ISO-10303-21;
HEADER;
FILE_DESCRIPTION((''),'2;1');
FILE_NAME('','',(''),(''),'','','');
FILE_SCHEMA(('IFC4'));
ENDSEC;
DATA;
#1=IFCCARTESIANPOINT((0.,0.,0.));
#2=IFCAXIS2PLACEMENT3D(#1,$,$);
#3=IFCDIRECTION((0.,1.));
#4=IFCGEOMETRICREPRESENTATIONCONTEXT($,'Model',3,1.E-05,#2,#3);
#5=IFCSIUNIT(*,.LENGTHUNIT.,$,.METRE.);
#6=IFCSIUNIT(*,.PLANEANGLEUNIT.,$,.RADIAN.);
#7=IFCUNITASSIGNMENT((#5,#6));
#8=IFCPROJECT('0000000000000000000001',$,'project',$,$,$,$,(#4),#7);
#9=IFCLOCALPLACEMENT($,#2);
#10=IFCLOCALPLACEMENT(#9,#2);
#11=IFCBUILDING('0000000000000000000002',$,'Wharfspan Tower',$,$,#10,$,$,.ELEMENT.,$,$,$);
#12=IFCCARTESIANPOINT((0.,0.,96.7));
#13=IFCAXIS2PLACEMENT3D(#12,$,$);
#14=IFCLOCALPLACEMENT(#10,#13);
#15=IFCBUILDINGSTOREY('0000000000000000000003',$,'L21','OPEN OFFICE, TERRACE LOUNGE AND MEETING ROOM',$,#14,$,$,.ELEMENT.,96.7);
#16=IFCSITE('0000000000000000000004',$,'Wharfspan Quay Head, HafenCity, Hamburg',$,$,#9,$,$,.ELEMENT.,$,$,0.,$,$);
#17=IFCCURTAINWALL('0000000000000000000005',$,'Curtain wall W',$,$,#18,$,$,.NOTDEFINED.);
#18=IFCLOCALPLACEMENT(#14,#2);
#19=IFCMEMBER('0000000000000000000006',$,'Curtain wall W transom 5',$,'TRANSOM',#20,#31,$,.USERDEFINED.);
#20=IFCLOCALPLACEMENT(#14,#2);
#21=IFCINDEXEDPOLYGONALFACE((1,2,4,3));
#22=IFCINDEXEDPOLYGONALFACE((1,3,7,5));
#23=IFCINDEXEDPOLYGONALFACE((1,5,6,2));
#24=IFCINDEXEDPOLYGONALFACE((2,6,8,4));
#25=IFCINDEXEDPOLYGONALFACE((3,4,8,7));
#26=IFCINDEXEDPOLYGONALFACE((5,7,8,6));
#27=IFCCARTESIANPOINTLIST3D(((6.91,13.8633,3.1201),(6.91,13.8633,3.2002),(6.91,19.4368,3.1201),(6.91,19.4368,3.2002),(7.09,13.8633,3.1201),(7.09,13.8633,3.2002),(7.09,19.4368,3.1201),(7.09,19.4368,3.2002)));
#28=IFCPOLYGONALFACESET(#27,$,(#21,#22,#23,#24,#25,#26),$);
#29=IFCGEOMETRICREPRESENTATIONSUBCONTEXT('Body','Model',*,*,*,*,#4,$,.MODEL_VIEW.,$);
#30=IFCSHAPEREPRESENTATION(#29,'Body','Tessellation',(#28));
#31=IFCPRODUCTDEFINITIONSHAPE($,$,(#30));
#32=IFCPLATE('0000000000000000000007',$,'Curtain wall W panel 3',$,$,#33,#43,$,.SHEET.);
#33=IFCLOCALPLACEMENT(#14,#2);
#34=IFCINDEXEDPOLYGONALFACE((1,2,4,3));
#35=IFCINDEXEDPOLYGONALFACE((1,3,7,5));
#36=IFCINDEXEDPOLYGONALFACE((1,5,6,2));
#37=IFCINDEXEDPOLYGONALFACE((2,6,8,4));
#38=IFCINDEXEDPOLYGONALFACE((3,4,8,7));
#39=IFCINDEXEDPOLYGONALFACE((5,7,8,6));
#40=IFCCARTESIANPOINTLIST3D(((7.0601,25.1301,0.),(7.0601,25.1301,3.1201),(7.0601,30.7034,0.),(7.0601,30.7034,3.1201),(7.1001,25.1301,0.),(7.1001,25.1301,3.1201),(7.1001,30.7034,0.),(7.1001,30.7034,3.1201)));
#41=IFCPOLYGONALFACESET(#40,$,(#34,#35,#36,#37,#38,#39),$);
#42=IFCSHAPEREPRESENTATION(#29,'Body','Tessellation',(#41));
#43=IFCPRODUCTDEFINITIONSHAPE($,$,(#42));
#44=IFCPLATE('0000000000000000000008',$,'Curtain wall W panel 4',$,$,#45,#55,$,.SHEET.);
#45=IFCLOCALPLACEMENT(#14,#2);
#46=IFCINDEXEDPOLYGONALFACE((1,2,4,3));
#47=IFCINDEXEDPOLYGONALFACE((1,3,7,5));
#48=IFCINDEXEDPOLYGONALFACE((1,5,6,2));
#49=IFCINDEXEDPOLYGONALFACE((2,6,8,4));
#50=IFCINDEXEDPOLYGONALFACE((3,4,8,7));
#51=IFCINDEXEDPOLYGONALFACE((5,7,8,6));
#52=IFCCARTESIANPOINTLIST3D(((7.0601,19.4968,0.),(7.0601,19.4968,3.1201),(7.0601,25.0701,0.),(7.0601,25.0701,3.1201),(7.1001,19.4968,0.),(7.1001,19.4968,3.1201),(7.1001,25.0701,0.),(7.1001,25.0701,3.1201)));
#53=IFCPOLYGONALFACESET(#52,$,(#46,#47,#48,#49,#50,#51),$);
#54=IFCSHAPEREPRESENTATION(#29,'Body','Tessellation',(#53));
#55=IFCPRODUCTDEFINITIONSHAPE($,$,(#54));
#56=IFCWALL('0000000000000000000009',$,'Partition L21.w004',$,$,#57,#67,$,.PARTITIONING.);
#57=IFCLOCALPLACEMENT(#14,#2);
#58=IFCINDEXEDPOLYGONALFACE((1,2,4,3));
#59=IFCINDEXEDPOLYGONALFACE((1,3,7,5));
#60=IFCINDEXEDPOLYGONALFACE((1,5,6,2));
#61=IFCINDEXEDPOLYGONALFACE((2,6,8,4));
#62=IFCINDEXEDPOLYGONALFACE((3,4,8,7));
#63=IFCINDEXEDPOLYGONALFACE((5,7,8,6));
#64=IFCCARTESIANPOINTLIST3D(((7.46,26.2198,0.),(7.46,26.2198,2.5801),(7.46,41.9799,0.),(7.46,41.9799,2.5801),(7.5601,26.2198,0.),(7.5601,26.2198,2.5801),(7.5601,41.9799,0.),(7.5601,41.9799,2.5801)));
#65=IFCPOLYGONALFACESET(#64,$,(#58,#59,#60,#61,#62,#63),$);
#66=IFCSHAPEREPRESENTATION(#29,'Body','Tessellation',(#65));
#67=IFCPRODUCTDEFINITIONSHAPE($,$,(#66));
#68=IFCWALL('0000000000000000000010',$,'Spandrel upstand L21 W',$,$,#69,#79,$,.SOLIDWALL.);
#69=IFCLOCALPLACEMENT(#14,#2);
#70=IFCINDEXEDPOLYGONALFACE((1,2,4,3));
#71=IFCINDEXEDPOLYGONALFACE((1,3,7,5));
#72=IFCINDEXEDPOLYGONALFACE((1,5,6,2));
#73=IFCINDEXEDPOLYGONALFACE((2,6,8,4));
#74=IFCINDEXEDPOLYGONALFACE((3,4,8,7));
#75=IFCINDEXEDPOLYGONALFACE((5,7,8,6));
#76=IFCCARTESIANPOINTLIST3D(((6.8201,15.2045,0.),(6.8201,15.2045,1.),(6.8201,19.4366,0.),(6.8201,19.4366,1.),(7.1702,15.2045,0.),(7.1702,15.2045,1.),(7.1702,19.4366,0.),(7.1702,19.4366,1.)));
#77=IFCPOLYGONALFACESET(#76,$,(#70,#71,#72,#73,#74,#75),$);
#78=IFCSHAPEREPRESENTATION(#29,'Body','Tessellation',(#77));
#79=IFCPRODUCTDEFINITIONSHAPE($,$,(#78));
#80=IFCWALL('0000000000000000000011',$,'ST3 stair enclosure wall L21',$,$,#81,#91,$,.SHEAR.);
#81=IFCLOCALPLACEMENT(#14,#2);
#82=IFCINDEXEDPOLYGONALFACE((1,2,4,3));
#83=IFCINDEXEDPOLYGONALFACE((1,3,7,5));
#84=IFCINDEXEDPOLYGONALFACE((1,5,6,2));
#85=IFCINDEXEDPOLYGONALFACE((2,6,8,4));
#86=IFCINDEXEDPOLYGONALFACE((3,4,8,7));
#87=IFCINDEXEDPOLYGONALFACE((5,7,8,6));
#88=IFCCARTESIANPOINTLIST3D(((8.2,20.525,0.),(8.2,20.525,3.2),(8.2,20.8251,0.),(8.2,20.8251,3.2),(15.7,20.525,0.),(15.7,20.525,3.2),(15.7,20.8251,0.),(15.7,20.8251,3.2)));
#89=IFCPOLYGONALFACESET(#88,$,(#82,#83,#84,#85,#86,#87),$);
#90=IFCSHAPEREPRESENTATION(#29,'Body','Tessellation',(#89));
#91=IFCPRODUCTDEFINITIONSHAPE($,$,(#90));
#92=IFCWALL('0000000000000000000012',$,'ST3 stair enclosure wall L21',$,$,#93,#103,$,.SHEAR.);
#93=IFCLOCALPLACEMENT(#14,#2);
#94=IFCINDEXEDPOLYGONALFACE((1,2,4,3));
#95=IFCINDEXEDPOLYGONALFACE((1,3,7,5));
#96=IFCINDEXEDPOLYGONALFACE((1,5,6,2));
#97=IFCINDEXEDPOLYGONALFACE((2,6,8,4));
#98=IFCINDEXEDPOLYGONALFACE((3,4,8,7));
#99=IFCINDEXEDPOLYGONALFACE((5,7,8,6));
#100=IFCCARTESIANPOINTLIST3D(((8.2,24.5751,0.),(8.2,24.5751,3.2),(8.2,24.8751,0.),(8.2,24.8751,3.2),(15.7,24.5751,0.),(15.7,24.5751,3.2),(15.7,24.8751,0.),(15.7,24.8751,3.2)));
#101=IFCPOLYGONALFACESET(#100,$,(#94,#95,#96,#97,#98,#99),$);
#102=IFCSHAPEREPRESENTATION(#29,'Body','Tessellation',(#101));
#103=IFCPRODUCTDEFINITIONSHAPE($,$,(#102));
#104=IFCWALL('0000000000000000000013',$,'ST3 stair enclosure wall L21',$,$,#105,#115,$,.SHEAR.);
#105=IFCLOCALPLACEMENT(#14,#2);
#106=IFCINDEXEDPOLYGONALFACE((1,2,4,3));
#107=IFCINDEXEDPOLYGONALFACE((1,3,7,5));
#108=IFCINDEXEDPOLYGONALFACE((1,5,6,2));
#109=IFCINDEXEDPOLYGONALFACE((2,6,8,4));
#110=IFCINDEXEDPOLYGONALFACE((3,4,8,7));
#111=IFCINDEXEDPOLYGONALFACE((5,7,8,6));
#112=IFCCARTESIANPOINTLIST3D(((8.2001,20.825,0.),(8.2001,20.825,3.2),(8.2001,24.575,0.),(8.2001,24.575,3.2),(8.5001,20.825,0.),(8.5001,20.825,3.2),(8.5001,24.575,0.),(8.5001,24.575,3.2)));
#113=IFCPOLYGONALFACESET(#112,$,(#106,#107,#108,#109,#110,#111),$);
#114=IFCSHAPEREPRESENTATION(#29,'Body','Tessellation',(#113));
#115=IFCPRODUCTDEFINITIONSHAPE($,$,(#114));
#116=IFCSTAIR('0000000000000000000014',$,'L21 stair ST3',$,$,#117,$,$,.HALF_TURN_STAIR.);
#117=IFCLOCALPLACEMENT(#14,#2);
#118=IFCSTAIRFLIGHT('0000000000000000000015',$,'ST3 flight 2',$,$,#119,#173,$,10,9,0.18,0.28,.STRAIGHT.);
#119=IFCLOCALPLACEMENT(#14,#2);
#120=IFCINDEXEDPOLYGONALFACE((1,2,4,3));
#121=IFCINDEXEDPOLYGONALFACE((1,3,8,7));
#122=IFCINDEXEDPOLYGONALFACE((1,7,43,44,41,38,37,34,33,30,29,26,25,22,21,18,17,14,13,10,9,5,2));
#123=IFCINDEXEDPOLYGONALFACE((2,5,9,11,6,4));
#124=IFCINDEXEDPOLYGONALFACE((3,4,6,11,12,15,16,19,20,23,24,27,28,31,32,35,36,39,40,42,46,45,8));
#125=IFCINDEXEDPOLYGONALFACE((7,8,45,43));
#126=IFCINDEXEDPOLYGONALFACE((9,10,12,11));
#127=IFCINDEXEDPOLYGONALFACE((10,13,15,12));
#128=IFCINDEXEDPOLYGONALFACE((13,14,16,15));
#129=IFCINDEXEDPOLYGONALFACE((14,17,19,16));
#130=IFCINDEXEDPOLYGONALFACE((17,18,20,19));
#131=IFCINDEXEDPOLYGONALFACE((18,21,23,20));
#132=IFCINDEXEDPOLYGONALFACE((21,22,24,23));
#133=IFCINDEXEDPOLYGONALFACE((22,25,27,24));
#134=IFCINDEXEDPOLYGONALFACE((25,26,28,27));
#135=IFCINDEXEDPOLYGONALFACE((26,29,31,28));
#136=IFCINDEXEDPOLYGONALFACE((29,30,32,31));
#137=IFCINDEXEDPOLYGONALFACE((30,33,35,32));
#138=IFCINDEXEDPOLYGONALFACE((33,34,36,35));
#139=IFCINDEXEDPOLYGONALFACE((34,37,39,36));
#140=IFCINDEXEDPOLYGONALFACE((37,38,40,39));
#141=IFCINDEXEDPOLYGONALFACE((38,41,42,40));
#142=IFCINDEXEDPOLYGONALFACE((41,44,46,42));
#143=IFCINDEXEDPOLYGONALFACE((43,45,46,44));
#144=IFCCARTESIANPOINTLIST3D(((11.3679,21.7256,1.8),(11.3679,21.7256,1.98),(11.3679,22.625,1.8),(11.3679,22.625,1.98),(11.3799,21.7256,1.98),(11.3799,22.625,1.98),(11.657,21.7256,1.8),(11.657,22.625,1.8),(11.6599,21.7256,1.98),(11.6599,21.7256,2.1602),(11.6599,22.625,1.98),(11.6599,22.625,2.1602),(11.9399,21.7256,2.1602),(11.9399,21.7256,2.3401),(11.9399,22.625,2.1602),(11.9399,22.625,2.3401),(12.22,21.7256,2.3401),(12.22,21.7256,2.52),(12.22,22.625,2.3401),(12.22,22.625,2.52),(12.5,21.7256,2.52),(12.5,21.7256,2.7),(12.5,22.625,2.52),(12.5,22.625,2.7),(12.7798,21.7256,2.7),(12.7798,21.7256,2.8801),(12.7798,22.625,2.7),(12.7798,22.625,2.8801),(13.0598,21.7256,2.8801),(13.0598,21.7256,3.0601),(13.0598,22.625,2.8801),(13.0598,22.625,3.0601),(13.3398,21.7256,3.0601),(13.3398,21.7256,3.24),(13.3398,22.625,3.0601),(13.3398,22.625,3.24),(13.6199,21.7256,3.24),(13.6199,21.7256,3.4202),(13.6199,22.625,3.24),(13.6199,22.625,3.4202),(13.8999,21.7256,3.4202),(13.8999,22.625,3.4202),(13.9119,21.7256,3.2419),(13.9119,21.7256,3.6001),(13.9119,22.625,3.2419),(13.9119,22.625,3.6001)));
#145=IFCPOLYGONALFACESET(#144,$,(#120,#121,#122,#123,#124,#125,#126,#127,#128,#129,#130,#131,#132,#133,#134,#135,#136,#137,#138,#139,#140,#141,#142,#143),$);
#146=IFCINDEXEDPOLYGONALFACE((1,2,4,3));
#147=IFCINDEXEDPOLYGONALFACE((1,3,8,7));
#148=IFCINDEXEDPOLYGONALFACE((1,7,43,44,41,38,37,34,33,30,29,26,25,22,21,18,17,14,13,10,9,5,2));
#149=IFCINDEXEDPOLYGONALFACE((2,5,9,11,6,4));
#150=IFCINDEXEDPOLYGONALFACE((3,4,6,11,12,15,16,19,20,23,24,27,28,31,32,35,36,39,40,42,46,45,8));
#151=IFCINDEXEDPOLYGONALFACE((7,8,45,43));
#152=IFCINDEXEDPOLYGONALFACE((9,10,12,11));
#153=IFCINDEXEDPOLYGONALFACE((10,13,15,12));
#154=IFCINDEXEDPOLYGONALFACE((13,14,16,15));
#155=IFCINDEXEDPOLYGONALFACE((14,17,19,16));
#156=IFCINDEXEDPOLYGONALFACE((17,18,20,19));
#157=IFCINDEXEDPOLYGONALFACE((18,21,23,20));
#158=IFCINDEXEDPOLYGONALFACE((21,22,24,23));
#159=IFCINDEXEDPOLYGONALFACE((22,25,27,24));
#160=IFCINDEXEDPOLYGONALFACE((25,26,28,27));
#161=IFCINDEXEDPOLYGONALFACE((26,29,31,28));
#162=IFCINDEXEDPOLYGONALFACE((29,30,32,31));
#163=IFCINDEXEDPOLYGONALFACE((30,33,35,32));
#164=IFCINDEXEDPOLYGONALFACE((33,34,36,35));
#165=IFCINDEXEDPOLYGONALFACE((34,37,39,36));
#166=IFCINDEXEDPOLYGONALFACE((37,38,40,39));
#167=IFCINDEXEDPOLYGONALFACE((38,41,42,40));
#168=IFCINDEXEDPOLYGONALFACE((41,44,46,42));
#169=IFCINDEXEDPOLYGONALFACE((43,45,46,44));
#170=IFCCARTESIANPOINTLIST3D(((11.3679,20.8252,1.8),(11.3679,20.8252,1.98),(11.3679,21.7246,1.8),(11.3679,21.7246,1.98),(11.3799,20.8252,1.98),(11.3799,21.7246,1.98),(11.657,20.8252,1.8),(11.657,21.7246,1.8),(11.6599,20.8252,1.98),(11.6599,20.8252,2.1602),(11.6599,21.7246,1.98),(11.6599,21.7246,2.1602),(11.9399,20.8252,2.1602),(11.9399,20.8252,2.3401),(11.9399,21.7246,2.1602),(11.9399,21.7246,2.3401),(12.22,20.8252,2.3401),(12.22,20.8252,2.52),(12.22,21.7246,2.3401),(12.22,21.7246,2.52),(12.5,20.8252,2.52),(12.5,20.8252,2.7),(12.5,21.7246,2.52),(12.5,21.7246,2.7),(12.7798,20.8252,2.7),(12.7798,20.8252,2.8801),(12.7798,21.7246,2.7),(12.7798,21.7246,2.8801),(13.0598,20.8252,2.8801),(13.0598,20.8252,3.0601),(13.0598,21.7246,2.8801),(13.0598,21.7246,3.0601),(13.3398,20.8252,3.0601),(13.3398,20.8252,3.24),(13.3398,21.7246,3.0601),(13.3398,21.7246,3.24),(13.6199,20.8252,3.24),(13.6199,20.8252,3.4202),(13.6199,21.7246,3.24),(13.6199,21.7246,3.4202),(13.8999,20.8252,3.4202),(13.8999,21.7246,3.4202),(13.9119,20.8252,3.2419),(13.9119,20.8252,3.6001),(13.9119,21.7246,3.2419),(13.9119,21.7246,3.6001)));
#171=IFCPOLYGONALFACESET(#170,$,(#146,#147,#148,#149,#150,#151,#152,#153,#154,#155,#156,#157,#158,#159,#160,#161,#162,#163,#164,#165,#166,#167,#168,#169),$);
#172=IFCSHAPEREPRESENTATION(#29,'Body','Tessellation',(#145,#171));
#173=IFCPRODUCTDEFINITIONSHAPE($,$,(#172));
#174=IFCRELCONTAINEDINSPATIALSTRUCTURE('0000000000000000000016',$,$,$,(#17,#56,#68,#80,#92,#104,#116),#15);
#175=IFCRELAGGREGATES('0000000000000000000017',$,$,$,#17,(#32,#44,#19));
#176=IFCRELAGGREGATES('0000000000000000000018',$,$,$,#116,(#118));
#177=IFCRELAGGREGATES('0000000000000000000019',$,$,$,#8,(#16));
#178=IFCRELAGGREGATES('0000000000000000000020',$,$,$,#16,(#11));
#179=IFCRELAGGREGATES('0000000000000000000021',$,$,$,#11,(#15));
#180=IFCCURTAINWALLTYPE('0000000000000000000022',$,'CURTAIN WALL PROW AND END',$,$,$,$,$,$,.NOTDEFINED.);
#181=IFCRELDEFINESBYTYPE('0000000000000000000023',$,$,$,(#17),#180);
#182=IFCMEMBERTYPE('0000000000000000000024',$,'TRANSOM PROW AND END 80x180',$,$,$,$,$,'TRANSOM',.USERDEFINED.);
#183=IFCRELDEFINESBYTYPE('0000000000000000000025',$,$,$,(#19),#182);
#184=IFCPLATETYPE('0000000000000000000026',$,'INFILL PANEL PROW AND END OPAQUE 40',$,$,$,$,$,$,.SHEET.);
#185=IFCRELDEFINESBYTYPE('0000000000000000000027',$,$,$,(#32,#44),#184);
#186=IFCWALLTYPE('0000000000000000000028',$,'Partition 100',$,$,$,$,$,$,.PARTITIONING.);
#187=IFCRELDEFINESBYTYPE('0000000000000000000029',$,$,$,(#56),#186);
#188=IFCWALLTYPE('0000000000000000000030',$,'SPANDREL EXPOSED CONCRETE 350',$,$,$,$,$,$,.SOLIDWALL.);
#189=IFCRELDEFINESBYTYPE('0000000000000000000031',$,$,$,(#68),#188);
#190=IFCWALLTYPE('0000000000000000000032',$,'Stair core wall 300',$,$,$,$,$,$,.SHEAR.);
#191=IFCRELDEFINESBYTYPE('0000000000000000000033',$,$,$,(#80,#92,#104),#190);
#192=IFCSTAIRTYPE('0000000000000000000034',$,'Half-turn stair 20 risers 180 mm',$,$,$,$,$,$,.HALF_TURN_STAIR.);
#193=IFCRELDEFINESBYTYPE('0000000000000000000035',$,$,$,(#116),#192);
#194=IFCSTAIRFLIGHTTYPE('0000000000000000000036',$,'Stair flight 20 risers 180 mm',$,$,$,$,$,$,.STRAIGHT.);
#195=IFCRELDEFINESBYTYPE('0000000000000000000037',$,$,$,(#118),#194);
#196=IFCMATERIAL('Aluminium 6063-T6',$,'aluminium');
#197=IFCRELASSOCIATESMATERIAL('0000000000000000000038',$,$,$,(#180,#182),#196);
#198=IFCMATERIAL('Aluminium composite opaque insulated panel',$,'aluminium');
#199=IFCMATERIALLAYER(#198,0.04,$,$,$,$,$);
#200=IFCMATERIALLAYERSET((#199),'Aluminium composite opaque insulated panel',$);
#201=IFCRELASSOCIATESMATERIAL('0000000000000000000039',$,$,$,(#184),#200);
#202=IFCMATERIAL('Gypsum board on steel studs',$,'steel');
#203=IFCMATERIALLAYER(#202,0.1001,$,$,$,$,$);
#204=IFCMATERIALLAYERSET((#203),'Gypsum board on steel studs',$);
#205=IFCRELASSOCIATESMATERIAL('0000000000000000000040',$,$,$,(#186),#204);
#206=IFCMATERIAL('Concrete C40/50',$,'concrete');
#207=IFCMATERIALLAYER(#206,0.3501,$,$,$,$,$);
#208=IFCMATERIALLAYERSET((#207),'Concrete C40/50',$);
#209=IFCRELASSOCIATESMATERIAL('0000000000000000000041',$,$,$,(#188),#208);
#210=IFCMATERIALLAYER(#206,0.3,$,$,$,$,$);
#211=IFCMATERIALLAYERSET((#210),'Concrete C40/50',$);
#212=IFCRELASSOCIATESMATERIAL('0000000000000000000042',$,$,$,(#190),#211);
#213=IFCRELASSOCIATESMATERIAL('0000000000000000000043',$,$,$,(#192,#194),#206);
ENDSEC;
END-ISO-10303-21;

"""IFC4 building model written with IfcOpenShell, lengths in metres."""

from ifc_helpers import new_model, si_unit, direction, frame, frame_2d, origin, origin_2d, place, context, subcontext, project, spatial, polyline, rectangle, outline, extrude, material, layer, layer_set, material_profile, profile_set, type_object, element, aggregate, save


model = new_model("IFC4")

# Units and contexts
model_context = context("Model", 3, precision=1e-05, world=origin(), true_north=direction((0.0, 1.0)))
body_context = subcontext(model_context, "Body", "Model", "MODEL_VIEW")
ifc_project = project(units=[si_unit("LENGTHUNIT", "METRE"), si_unit("PLANEANGLEUNIT", "RADIAN")], contexts=[model_context])

# Site, building, storey
site_placement = place(None, origin())
site = spatial("IfcSite", under=ifc_project, at=site_placement, Name="Wharfspan Quay Head, HafenCity, Hamburg", CompositionType="ELEMENT", RefElevation=0.0)
building_placement = place(site_placement, origin())
building = spatial("IfcBuilding", under=site, at=building_placement, Name="Wharfspan Tower", CompositionType="ELEMENT")
storey_placement = place(building_placement, frame((0.0, 0.0, 96.7)))
storey = spatial("IfcBuildingStorey", under=building, at=storey_placement, Name="L21", Description="OPEN OFFICE, TERRACE LOUNGE AND MEETING ROOM", CompositionType="ELEMENT", Elevation=96.7)

# Curtain wall
ifc_material_1 = material(Name="Aluminium 6063-T6", Category="aluminium")
curtain_wall_type = type_object("IfcCurtainWallType", Name="CURTAIN WALL PROW AND END", PredefinedType="NOTDEFINED", material=ifc_material_1)
curtain_wall_placement = place(storey_placement, origin())
curtain_wall = element("IfcCurtainWall", 1, at=curtain_wall_placement, inside=storey, type_object=curtain_wall_type, Name="Curtain wall W", PredefinedType="NOTDEFINED")

# Member
ifc_material_profile_1 = material_profile(ifc_material_1, rectangle(XDim=0.1799, YDim=0.0801, at=origin_2d()))
ifc_profile_set_1 = profile_set([ifc_material_profile_1], Name="Aluminium 6063-T6")
member_type_1 = type_object("IfcMemberType", Name="TRANSOM PROW AND END 80x180", ElementType="TRANSOM", PredefinedType="USERDEFINED", material=ifc_profile_set_1)
member_1_placement = place(storey_placement, frame((7.0, 19.4368, 3.1602), z_axis=(0.0, -1.0, 0.0), x_axis=(1.0, 0.0, 0.0)))
member_1 = element("IfcMember", 2, at=member_1_placement, type_object=member_type_1, Name="Curtain wall W transom 5", ObjectType="TRANSOM", PredefinedType="USERDEFINED", context=body_context, shape_type="SweptSolid", body=[
    extrude(rectangle(XDim=0.1799, YDim=0.0801, at=origin_2d()), origin(), (0.0, 0.0, 1.0), 5.5735),
])

# Plates
ifc_material_2 = material(Name="Aluminium composite opaque insulated panel", Category="aluminium")
ifc_layer_1 = layer(ifc_material_2, 0.04)
ifc_layer_set_1 = layer_set([ifc_layer_1], Name="Aluminium composite opaque insulated panel")
plate_type = type_object("IfcPlateType", Name="INFILL PANEL PROW AND END OPAQUE 40", PredefinedType="SHEET", material=ifc_layer_set_1)
plate_1_placement = place(storey_placement, frame((7.0801, 27.9167, 0.0), z_axis=(0.0, 0.0, 1.0), x_axis=(0.0, -1.0, 0.0)))
plate_1 = element("IfcPlate", 3, at=plate_1_placement, type_object=plate_type, Name="Curtain wall W panel 3", PredefinedType="SHEET", context=body_context, shape_type="SweptSolid", body=[
    extrude(rectangle(XDim=5.5732, YDim=0.04, at=origin_2d()), origin(), (0.0, 0.0, 1.0), 3.1201),
])
plate_2_placement = place(storey_placement, frame((7.0801, 22.2834, 0.0), z_axis=(0.0, 0.0, 1.0), x_axis=(0.0, -1.0, 0.0)))
plate_2 = element("IfcPlate", 4, at=plate_2_placement, type_object=plate_type, Name="Curtain wall W panel 4", PredefinedType="SHEET", context=body_context, shape_type="SweptSolid", body=[
    extrude(rectangle(XDim=5.5732, YDim=0.04, at=origin_2d()), origin(), (0.0, 0.0, 1.0), 3.1201),
])
aggregate(curtain_wall, [plate_1, plate_2, member_1])

# Walls
ifc_material_3 = material(Name="Gypsum board on steel studs", Category="steel")
ifc_layer_2 = layer(ifc_material_3, 0.1001)
ifc_layer_set_2 = layer_set([ifc_layer_2], Name="Gypsum board on steel studs")
wall_type_1 = type_object("IfcWallType", Name="Partition 100", PredefinedType="PARTITIONING", material=ifc_layer_set_2)
wall_1_placement = place(storey_placement, frame((7.51, 26.22, 0.0), z_axis=(0.0, 0.0, 1.0), x_axis=(0.0, 1.0, 0.0)))
element("IfcWall", 5, at=wall_1_placement, inside=storey, type_object=wall_type_1, Name="Partition L21.w004", PredefinedType="PARTITIONING", context=body_context, shape_type="SweptSolid", body=[
    extrude(rectangle(XDim=15.76, YDim=0.1001, at=frame_2d((7.8799, 0.0))), origin(), (0.0, 0.0, 1.0), 2.5801),
])
ifc_material_4 = material(Name="Concrete C40/50", Category="concrete")
ifc_layer_3 = layer(ifc_material_4, 0.3501)
ifc_layer_set_3 = layer_set([ifc_layer_3], Name="Concrete C40/50")
wall_type_2 = type_object("IfcWallType", Name="SPANDREL EXPOSED CONCRETE 350", PredefinedType="SOLIDWALL", material=ifc_layer_set_3)
wall_2_placement = place(storey_placement, frame((6.9951, 19.4368, 0.0), z_axis=(0.0, 0.0, 1.0), x_axis=(0.0, -1.0, 0.0)))
element("IfcWall", 6, at=wall_2_placement, inside=storey, type_object=wall_type_2, Name="Spandrel upstand L21 W", PredefinedType="SOLIDWALL", context=body_context, shape_type="SweptSolid", body=[
    extrude(rectangle(XDim=4.2322, YDim=0.3501, at=frame_2d((2.1162, 0.0))), origin(), (0.0, 0.0, 1.0), 1.0),
])
ifc_layer_4 = layer(ifc_material_4, 0.3)
ifc_layer_set_4 = layer_set([ifc_layer_4], Name="Concrete C40/50")
wall_type_3 = type_object("IfcWallType", Name="Stair core wall 300", PredefinedType="SHEAR", material=ifc_layer_set_4)
for number, where, z_axis, x_axis, name in (
    (7, (8.2, 20.675, 0.0), (0.0, 0.0, 1.0), (1.0, 0.0, 0.0), "ST3 stair enclosure wall L21"),
    (8, (8.2, 24.7251, 0.0), (0.0, 0.0, 1.0), (1.0, 0.0, 0.0), "ST3 stair enclosure wall L21"),
):
    element("IfcWall", number, at=place(storey_placement, frame(where, z_axis=z_axis, x_axis=x_axis)), inside=storey, type_object=wall_type_3, Name=name, PredefinedType="SHEAR", context=body_context, shape_type="SweptSolid", body=[
        extrude(rectangle(XDim=7.5, YDim=0.3, at=frame_2d((3.75, 0.0))), origin(), (0.0, 0.0, 1.0), 3.2),
    ])
wall_3_placement = place(storey_placement, frame((8.3501, 20.825, 0.0), z_axis=(0.0, 0.0, 1.0), x_axis=(0.0, 1.0, 0.0)))
element("IfcWall", 9, at=wall_3_placement, inside=storey, type_object=wall_type_3, Name="ST3 stair enclosure wall L21", PredefinedType="SHEAR", context=body_context, shape_type="SweptSolid", body=[
    extrude(rectangle(XDim=3.75, YDim=0.3, at=frame_2d((1.875, 0.0))), origin(), (0.0, 0.0, 1.0), 3.2),
])

# Stair, stair flight
stair_type = type_object("IfcStairType", Name="Half-turn stair 20 risers 180 mm", PredefinedType="HALF_TURN_STAIR", material=ifc_material_4)
stair_placement = place(storey_placement, origin())
stair = element("IfcStair", 10, at=stair_placement, inside=storey, type_object=stair_type, Name="L21 stair ST3", PredefinedType="HALF_TURN_STAIR")
stair_flight_type = type_object("IfcStairFlightType", Name="Stair flight 20 risers 180 mm", PredefinedType="STRAIGHT", material=ifc_material_4)
stair_flight_placement = place(storey_placement, frame((11.3799, 21.7251, 1.8), z_axis=(0.0, 0.0, 1.0), x_axis=(1.0, 0.0, 0.0)))
stair_flight = element("IfcStairFlight", 11, at=stair_flight_placement, type_object=stair_flight_type, Name="ST3 flight 2", NumberOfRisers=10, NumberOfTreads=9, PredefinedType="STRAIGHT", RiserHeight=0.18, TreadLength=0.28, context=body_context, shape_type="SweptSolid", body=[
    extrude(outline(polyline([(-0.012, 0.0), (-0.012, 0.1799), (0.0, 0.1799), (0.28, 0.1799), (0.28, 0.3601), (0.5601, 0.3601), (0.5601, 0.54), (0.8401, 0.54), (0.8401, 0.72), (1.1201, 0.72), (1.1201, 0.8999), (1.3999, 0.8999), (1.3999, 1.0801), (1.6799, 1.0801), (1.6799, 1.26), (1.96, 1.26), (1.96, 1.4399), (2.24, 1.4399), (2.24, 1.6201), (2.52, 1.6201), (2.532, 1.8), (2.532, 1.4419), (0.2771, 0.0), (-0.012, 0.0)])), frame((0.0, 0.8999, 0.0), z_axis=(0.0, -1.0, 0.0), x_axis=(1.0, 0.0, 0.0)), (0.0, 0.0, 1.0), 0.8994),
    extrude(outline(polyline([(-0.012, 0.0), (-0.012, 0.1799), (0.0, 0.1799), (0.28, 0.1799), (0.28, 0.3601), (0.5601, 0.3601), (0.5601, 0.54), (0.8401, 0.54), (0.8401, 0.72), (1.1201, 0.72), (1.1201, 0.8999), (1.3999, 0.8999), (1.3999, 1.0801), (1.6799, 1.0801), (1.6799, 1.26), (1.96, 1.26), (1.96, 1.4399), (2.24, 1.4399), (2.24, 1.6201), (2.52, 1.6201), (2.532, 1.8), (2.532, 1.4419), (0.2771, 0.0), (-0.012, 0.0)])), frame((0.0, -0.0005, 0.0), z_axis=(0.0, -1.0, 0.0), x_axis=(1.0, 0.0, 0.0)), (0.0, 0.0, 1.0), 0.8994),
])
aggregate(stair, [stair_flight])

save(model, "model.ifc")
